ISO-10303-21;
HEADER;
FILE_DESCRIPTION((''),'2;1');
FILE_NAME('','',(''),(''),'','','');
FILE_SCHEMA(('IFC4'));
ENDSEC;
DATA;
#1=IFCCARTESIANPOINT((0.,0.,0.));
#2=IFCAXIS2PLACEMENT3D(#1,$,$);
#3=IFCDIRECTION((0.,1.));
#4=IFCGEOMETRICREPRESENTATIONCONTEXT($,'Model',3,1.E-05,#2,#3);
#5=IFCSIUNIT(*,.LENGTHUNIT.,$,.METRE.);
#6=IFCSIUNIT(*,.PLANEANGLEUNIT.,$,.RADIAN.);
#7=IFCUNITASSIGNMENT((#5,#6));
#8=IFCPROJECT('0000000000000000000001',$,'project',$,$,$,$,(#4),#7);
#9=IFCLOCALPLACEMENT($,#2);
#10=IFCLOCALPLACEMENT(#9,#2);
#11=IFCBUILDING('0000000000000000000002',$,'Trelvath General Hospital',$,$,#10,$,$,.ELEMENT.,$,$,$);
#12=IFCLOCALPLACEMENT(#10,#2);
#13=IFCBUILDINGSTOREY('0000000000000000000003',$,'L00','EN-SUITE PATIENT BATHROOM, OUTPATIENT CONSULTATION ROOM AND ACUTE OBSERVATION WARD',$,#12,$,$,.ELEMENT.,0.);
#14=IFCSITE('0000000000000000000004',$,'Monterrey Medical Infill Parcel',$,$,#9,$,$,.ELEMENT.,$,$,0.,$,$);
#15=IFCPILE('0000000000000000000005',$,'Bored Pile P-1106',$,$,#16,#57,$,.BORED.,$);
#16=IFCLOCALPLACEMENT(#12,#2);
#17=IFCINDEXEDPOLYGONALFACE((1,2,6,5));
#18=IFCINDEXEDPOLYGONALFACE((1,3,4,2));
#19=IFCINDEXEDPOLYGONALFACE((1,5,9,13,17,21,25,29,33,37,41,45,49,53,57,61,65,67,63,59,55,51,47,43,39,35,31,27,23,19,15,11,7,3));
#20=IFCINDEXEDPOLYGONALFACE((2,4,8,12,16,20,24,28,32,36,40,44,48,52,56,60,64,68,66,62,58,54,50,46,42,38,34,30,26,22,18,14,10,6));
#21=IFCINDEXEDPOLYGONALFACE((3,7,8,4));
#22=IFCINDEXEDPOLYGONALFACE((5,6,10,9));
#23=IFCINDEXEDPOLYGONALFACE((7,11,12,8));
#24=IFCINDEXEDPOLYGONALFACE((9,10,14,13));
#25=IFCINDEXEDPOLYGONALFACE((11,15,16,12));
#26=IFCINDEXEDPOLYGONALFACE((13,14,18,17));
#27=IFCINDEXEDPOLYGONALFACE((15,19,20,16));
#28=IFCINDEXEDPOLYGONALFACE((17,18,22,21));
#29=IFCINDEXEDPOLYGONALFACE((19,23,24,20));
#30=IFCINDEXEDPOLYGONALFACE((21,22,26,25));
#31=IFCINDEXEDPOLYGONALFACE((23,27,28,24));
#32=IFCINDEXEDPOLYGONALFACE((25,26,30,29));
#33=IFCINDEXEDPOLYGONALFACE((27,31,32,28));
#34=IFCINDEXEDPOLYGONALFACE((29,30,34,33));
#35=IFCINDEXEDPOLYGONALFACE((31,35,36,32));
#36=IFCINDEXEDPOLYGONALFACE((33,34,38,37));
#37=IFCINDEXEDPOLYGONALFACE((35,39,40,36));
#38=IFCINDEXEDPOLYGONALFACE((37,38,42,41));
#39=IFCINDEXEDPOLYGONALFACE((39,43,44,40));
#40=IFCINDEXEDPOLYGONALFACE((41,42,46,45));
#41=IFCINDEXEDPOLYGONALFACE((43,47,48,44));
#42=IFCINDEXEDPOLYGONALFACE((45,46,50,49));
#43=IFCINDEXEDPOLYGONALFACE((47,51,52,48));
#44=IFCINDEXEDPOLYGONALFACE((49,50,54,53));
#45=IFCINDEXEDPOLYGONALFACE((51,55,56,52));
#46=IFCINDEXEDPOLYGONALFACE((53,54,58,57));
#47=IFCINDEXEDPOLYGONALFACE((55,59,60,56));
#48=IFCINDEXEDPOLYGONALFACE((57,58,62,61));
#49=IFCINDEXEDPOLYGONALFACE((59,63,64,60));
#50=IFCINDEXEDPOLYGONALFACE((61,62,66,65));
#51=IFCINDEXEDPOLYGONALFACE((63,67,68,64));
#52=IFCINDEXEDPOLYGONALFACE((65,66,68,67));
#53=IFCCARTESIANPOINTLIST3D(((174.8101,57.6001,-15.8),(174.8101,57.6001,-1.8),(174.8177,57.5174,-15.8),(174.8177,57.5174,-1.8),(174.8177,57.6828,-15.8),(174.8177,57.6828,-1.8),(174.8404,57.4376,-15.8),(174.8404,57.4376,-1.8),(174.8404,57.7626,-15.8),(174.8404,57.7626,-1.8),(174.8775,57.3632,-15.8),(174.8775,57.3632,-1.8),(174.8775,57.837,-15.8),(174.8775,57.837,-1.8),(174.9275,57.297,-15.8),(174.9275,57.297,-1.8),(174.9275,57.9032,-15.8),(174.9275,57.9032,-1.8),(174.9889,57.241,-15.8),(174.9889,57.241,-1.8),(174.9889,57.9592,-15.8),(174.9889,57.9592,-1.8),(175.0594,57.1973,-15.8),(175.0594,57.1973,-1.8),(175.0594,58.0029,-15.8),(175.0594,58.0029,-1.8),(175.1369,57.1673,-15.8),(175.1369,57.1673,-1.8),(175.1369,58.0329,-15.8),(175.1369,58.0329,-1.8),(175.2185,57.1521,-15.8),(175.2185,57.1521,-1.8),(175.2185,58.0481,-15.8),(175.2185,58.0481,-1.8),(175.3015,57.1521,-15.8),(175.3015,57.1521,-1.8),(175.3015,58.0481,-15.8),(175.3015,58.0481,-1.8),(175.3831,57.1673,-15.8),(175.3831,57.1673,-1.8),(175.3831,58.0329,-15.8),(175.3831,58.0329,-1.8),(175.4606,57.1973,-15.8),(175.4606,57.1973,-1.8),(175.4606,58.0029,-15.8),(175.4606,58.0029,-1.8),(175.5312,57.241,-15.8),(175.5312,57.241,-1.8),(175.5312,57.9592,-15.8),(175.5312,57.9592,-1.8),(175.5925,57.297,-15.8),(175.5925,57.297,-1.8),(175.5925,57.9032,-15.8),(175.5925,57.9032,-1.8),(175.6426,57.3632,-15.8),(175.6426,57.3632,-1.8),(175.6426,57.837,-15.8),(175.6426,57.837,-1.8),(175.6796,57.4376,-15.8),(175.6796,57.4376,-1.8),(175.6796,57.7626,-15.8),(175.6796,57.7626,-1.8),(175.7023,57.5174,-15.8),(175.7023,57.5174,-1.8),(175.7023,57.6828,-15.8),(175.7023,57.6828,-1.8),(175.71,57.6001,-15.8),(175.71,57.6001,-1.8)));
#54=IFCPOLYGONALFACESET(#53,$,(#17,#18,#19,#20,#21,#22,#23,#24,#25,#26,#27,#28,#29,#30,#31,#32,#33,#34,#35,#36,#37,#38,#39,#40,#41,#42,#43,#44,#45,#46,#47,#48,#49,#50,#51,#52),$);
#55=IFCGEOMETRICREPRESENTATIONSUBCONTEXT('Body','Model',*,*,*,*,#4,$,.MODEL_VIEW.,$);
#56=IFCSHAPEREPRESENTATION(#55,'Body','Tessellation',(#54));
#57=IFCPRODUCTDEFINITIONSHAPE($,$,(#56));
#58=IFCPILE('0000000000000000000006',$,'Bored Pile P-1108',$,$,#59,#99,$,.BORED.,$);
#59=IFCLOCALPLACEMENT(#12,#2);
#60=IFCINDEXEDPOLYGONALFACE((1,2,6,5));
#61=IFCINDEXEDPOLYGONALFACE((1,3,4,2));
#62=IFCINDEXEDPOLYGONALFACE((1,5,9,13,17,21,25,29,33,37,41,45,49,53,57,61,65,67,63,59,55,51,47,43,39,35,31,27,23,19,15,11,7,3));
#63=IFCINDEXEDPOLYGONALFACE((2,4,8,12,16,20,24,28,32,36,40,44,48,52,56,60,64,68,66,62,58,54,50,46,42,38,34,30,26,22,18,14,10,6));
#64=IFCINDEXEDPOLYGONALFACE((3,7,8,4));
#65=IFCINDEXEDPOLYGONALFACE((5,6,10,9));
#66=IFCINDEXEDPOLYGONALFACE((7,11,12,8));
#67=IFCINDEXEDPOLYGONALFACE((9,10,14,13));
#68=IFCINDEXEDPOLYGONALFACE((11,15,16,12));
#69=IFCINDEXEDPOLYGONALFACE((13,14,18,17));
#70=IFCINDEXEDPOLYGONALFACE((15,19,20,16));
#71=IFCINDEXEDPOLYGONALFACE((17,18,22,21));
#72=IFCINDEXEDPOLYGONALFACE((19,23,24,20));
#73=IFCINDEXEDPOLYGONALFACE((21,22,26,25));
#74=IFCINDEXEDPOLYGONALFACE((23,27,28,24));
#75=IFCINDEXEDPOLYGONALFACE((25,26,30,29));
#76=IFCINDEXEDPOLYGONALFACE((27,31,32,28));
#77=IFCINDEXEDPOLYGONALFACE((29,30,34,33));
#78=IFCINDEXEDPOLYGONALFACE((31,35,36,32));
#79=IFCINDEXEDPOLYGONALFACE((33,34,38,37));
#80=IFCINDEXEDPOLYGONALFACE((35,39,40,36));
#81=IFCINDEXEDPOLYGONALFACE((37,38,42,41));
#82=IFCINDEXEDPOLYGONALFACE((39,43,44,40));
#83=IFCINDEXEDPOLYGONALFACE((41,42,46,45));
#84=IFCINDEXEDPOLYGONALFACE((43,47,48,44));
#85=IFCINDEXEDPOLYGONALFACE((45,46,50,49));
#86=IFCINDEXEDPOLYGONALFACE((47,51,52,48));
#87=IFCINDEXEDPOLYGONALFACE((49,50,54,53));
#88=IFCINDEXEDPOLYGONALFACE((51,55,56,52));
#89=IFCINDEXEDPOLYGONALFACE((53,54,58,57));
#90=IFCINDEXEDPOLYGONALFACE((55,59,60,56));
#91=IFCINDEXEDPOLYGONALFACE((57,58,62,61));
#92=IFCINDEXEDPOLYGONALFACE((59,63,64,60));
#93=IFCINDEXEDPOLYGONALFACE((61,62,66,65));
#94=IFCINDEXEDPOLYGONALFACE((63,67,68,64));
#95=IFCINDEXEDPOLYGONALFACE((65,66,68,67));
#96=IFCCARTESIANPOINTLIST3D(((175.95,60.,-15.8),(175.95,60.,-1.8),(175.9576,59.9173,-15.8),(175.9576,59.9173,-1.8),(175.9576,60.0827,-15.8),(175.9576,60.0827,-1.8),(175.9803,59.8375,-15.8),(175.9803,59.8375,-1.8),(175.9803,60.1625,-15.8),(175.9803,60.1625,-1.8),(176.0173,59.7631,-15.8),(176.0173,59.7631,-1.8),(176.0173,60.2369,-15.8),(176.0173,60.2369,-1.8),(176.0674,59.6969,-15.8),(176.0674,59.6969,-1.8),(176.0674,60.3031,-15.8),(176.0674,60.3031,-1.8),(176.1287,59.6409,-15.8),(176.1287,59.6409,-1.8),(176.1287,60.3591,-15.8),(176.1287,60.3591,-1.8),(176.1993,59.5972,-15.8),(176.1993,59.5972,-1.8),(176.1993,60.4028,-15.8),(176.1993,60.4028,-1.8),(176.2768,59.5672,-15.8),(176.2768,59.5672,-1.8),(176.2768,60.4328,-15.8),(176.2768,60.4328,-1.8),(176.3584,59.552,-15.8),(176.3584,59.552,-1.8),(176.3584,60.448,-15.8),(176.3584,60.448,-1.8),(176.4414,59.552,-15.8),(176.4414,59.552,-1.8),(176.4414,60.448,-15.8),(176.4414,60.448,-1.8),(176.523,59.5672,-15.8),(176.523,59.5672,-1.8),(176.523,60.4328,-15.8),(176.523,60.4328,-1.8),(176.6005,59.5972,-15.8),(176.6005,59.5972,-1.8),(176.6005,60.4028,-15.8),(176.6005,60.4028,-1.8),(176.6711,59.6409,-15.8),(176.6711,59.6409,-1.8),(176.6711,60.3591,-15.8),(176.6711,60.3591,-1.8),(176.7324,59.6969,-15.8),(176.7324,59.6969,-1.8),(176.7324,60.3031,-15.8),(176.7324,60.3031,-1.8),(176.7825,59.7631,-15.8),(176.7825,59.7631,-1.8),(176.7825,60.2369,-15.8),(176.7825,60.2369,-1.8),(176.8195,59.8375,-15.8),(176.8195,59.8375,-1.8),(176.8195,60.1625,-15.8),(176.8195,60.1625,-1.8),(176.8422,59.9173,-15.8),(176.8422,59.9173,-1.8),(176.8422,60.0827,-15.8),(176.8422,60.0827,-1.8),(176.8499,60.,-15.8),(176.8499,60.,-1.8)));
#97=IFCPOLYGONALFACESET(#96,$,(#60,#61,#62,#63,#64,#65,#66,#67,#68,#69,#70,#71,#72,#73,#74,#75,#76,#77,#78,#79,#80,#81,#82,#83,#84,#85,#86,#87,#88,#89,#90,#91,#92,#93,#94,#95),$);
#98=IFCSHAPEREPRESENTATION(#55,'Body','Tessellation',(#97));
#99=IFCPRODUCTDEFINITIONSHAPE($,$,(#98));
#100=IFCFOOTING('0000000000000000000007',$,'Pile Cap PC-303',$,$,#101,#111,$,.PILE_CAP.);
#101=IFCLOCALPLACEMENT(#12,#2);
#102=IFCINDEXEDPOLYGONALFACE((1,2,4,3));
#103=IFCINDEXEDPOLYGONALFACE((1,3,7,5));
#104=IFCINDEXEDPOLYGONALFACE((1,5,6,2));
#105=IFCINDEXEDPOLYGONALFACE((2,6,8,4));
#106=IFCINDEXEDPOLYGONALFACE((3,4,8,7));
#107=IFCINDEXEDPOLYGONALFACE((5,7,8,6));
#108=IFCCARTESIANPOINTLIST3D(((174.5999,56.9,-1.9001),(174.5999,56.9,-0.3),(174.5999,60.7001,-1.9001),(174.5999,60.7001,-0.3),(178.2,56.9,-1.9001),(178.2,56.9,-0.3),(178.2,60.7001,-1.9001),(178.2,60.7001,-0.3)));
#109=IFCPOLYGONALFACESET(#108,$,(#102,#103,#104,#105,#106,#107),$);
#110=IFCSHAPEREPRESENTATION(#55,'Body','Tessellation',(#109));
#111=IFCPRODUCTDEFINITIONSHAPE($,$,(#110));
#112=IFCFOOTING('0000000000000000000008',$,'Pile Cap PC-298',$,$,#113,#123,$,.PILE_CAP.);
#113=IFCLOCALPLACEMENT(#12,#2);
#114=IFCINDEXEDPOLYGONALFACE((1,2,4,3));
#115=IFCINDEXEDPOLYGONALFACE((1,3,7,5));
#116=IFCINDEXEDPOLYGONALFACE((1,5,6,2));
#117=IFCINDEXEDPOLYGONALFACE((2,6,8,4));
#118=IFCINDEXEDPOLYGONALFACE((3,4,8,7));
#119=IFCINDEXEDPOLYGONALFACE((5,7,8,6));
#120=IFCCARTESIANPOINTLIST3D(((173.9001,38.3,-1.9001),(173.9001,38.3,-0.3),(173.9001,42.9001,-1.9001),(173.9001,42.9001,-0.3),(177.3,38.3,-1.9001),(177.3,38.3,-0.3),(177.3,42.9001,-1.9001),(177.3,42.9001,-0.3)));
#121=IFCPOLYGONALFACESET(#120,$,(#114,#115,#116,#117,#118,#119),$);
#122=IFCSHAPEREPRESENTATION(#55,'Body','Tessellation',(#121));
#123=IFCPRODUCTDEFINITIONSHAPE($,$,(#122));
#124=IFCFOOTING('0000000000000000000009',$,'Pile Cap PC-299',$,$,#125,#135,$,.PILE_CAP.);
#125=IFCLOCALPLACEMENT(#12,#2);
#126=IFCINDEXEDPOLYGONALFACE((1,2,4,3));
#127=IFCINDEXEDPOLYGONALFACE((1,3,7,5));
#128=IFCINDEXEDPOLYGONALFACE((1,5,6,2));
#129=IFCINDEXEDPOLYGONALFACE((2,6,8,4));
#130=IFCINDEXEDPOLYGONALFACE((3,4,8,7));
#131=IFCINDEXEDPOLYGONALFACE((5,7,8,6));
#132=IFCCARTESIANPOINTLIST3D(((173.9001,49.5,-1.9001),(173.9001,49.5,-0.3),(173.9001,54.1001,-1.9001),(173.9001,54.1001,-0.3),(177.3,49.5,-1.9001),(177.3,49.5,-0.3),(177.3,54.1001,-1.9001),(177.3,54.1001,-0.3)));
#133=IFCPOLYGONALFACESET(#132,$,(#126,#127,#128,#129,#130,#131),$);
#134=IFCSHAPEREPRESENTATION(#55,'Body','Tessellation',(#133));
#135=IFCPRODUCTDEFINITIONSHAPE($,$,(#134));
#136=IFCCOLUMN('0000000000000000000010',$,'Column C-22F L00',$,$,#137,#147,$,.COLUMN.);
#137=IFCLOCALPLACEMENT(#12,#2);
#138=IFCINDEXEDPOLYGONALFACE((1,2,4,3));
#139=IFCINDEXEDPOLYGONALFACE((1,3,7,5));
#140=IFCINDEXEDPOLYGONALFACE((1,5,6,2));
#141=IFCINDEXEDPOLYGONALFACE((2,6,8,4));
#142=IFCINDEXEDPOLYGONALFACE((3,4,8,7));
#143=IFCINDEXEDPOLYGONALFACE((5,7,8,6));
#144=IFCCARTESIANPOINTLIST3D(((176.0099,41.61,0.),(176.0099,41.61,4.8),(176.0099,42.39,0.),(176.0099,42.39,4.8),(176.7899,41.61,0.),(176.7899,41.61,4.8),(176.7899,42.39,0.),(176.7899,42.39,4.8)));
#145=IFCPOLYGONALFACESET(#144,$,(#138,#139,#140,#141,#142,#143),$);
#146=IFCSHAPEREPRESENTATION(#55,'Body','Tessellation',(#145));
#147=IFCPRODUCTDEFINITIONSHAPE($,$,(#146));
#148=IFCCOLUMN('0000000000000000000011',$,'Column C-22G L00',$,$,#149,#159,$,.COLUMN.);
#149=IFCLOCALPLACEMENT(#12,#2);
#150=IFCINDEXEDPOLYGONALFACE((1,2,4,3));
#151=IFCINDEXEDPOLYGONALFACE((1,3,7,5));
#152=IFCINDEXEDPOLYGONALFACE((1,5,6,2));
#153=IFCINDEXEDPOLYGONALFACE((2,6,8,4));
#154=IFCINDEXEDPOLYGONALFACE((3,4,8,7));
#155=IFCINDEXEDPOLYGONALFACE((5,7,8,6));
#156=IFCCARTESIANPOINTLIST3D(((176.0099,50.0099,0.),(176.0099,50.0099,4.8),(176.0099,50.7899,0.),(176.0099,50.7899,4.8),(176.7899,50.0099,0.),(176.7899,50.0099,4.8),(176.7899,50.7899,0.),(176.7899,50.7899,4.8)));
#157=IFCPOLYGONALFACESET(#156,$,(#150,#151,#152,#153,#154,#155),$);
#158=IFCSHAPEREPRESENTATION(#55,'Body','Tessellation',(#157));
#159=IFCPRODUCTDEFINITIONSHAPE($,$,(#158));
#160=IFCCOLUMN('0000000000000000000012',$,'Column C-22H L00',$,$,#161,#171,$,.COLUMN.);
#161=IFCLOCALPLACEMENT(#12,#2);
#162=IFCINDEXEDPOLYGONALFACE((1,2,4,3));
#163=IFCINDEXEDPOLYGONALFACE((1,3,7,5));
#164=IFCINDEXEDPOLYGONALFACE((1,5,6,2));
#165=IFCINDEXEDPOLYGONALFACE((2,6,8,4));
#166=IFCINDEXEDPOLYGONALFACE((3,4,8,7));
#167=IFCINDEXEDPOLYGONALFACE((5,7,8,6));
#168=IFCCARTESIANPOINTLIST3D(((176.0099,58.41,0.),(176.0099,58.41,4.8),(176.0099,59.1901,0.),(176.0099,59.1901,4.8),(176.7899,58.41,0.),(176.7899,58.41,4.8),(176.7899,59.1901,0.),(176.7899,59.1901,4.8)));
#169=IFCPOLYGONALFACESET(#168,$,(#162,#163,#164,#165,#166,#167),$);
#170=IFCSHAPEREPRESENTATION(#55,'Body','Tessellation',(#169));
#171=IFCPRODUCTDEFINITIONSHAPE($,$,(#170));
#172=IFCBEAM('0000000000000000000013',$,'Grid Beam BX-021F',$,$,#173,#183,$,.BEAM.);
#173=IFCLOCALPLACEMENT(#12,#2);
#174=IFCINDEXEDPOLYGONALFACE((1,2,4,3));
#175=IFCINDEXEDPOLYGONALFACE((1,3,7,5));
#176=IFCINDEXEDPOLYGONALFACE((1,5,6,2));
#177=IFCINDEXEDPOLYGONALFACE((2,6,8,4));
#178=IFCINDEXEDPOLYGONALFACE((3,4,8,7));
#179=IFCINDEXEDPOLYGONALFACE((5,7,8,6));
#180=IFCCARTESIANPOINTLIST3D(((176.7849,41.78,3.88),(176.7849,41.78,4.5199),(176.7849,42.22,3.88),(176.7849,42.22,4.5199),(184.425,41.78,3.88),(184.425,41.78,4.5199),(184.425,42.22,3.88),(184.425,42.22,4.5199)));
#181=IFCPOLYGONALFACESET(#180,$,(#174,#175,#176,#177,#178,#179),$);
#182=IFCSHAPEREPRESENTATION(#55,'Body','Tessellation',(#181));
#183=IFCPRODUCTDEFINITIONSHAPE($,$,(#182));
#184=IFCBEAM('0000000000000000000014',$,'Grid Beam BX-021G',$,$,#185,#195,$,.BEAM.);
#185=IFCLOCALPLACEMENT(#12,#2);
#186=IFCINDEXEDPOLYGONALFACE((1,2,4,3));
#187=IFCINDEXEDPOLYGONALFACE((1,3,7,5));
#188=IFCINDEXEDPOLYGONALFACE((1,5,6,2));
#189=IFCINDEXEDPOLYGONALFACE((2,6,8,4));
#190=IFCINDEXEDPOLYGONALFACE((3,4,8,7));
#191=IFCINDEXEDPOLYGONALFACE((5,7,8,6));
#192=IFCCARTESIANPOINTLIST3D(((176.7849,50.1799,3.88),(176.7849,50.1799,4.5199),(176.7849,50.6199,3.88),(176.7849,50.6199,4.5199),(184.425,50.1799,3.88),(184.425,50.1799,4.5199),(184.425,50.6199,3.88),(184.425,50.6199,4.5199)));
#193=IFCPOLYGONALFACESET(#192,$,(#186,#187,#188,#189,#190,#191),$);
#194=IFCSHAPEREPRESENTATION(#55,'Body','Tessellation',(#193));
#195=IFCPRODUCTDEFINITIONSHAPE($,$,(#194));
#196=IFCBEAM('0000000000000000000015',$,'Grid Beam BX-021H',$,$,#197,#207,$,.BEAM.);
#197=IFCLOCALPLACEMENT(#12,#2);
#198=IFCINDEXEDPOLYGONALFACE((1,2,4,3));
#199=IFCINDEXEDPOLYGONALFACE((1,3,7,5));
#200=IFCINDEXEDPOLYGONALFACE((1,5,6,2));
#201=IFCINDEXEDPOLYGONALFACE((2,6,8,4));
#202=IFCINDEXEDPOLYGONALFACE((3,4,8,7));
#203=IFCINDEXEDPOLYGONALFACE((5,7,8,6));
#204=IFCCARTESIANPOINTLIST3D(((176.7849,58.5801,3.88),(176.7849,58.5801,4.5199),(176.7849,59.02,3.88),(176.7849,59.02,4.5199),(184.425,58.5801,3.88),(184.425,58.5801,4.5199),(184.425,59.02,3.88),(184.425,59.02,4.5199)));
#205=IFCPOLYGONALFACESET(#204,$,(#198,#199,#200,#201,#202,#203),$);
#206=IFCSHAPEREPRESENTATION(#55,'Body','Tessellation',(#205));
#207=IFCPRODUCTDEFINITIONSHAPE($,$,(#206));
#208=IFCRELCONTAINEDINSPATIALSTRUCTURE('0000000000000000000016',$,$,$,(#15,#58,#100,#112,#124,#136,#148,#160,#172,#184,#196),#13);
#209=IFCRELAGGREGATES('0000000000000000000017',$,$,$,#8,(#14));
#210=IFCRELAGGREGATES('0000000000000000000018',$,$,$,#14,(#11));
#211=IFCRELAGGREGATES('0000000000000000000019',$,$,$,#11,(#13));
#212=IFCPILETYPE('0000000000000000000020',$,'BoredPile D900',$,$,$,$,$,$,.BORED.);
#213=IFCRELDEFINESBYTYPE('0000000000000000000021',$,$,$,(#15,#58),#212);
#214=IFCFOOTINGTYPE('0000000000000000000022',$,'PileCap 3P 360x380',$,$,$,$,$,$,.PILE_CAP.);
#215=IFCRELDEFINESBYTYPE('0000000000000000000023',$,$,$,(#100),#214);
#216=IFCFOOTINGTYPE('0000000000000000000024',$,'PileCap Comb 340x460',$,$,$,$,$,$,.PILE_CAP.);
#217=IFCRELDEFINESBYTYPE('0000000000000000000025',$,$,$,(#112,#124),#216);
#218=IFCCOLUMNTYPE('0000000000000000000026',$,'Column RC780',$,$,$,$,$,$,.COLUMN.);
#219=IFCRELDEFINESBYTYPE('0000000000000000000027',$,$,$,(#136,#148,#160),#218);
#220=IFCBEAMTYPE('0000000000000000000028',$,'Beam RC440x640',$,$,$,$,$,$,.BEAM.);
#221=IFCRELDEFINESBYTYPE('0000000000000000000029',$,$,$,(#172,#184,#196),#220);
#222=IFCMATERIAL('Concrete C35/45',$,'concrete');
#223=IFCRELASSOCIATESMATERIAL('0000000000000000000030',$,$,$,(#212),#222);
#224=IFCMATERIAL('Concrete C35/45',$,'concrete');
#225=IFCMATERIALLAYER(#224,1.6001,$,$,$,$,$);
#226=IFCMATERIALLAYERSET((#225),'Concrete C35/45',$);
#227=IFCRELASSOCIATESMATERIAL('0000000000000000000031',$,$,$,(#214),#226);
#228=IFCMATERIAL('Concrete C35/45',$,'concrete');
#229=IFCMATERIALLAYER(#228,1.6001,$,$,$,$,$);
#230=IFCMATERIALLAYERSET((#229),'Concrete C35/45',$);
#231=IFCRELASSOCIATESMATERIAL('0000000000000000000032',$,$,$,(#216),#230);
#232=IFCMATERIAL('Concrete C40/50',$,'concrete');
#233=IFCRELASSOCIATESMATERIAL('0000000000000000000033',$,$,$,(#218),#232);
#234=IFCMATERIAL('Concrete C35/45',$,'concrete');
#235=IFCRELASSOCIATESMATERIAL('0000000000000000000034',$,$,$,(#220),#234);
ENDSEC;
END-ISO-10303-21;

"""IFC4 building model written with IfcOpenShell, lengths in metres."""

from ifc_helpers import new_model, si_unit, direction, frame, origin, origin_2d, place, context, subcontext, project, spatial, rectangle, circle, extrude, material, layer, layer_set, material_profile, profile_set, type_object, element, save


model = new_model("IFC4")

# Units and contexts
model_context = context("Model", 3, precision=1e-05, world=origin(), true_north=direction((0.0, 1.0)))
body_context = subcontext(model_context, "Body", "Model", "MODEL_VIEW")
ifc_project = project(units=[si_unit("LENGTHUNIT", "METRE"), si_unit("PLANEANGLEUNIT", "RADIAN")], contexts=[model_context])

# Site, building, storey
site_placement = place(None, origin())
site = spatial("IfcSite", under=ifc_project, at=site_placement, Name="Monterrey Medical Infill Parcel", CompositionType="ELEMENT", RefElevation=0.0)
building_placement = place(site_placement, origin())
building = spatial("IfcBuilding", under=site, at=building_placement, Name="Trelvath General Hospital", CompositionType="ELEMENT")
storey_placement = place(building_placement, origin())
storey = spatial("IfcBuildingStorey", under=building, at=storey_placement, Name="L00", Description="EN-SUITE PATIENT BATHROOM, OUTPATIENT CONSULTATION ROOM AND ACUTE OBSERVATION WARD", CompositionType="ELEMENT", Elevation=0.0)

# Piles
ifc_material_1 = material(Name="Concrete C35/45", Category="concrete")
ifc_material_profile_1 = material_profile(ifc_material_1, circle(Radius=0.45, at=origin_2d()), Name="PILE900")
ifc_profile_set_1 = profile_set([ifc_material_profile_1], Name="Concrete C35/45")
pile_type = type_object("IfcPileType", Name="BoredPile D900", PredefinedType="BORED", material=ifc_profile_set_1)
for number, where, z_axis, x_axis, name in (
    (1, (175.26, 57.6001, -1.8), (0.0, 0.0, -1.0), (1.0, 0.0, 0.0), "Bored Pile P-1106"),
    (2, (176.3999, 60.0, -1.8), (0.0, 0.0, -1.0), (1.0, 0.0, 0.0), "Bored Pile P-1108"),
):
    element("IfcPile", number, at=place(storey_placement, frame(where, z_axis=z_axis, x_axis=x_axis)), inside=storey, type_object=pile_type, Name=name, PredefinedType="BORED", context=body_context, shape_type="SweptSolid", body=[
        extrude(circle(Radius=0.45, at=origin_2d()), origin(), (0.0, 0.0, 1.0), 14.0),
    ])

# Footings
ifc_material_2 = material(Name="Concrete C35/45", Category="concrete")
ifc_layer_1 = layer(ifc_material_2, 1.6001)
ifc_layer_set_1 = layer_set([ifc_layer_1], Name="Concrete C35/45")
footing_type_1 = type_object("IfcFootingType", Name="PileCap 3P 360x380", PredefinedType="PILE_CAP", material=ifc_layer_set_1)
footing_placement = place(storey_placement, frame((176.3999, 58.8, -1.9001), z_axis=(0.0, 0.0, 1.0), x_axis=(1.0, 0.0, 0.0)))
element("IfcFooting", 3, at=footing_placement, inside=storey, type_object=footing_type_1, Name="Pile Cap PC-303", PredefinedType="PILE_CAP", context=body_context, shape_type="SweptSolid", body=[
    extrude(rectangle(XDim=3.6001, YDim=3.8, at=origin_2d()), origin(), (0.0, 0.0, 1.0), 1.6001),
])
ifc_material_3 = material(Name="Concrete C35/45", Category="concrete")
ifc_layer_2 = layer(ifc_material_3, 1.6001)
ifc_layer_set_2 = layer_set([ifc_layer_2], Name="Concrete C35/45")
footing_type_2 = type_object("IfcFootingType", Name="PileCap Comb 340x460", PredefinedType="PILE_CAP", material=ifc_layer_set_2)
for number, where, z_axis, x_axis, name in (
    (4, (175.6001, 40.6001, -1.9001), (0.0, 0.0, 1.0), (1.0, 0.0, 0.0), "Pile Cap PC-298"),
    (5, (175.6001, 51.8, -1.9001), (0.0, 0.0, 1.0), (1.0, 0.0, 0.0), "Pile Cap PC-299"),
):
    element("IfcFooting", number, at=place(storey_placement, frame(where, z_axis=z_axis, x_axis=x_axis)), inside=storey, type_object=footing_type_2, Name=name, PredefinedType="PILE_CAP", context=body_context, shape_type="SweptSolid", body=[
        extrude(rectangle(XDim=3.3999, YDim=4.6001, at=origin_2d()), origin(), (0.0, 0.0, 1.0), 1.6001),
    ])

# Columns
ifc_material_4 = material(Name="Concrete C40/50", Category="concrete")
ifc_material_profile_2 = material_profile(ifc_material_4, rectangle(XDim=0.78, YDim=0.78, at=origin_2d()), Name="RC780x780")
ifc_profile_set_2 = profile_set([ifc_material_profile_2], Name="Concrete C40/50")
column_type = type_object("IfcColumnType", Name="Column RC780", PredefinedType="COLUMN", material=ifc_profile_set_2)
for number, where, z_axis, x_axis, name in (
    (6, (176.3999, 42.0, 0.0), (0.0, 0.0, 1.0), (1.0, 0.0, 0.0), "Column C-22F L00"),
    (7, (176.3999, 50.3999, 0.0), (0.0, 0.0, 1.0), (1.0, 0.0, 0.0), "Column C-22G L00"),
    (8, (176.3999, 58.8, 0.0), (0.0, 0.0, 1.0), (1.0, 0.0, 0.0), "Column C-22H L00"),
):
    element("IfcColumn", number, at=place(storey_placement, frame(where, z_axis=z_axis, x_axis=x_axis)), inside=storey, type_object=column_type, Name=name, PredefinedType="COLUMN", context=body_context, shape_type="SweptSolid", body=[
        extrude(rectangle(XDim=0.78, YDim=0.78, at=origin_2d()), origin(), (0.0, 0.0, 1.0), 4.8),
    ])

# Beams
ifc_material_5 = material(Name="Concrete C35/45", Category="concrete")
ifc_material_profile_3 = material_profile(ifc_material_5, rectangle(XDim=0.4399, YDim=0.6399, at=origin_2d()), Name="RCB440x640")
ifc_profile_set_3 = profile_set([ifc_material_profile_3], Name="Concrete C35/45")
beam_type_1 = type_object("IfcBeamType", Name="Beam RC440x640", PredefinedType="BEAM", material=ifc_profile_set_3)
for number, where, z_axis, x_axis, name in (
    (9, (176.7849, 42.0, 4.2), (1.0, 0.0, 0.0), (0.0, 1.0, 0.0), "Grid Beam BX-021F"),
    (10, (176.7849, 50.3999, 4.2), (1.0, 0.0, 0.0), (0.0, 1.0, 0.0), "Grid Beam BX-021G"),
    (11, (176.7849, 58.8, 4.2), (1.0, 0.0, 0.0), (0.0, 1.0, 0.0), "Grid Beam BX-021H"),
):
    element("IfcBeam", number, at=place(storey_placement, frame(where, z_axis=z_axis, x_axis=x_axis)), inside=storey, type_object=beam_type_1, Name=name, PredefinedType="BEAM", context=body_context, shape_type="SweptSolid", body=[
        extrude(rectangle(XDim=0.4399, YDim=0.6399, at=origin_2d()), origin(), (0.0, 0.0, 1.0), 7.6401),
    ])

save(model, "model.ifc")
